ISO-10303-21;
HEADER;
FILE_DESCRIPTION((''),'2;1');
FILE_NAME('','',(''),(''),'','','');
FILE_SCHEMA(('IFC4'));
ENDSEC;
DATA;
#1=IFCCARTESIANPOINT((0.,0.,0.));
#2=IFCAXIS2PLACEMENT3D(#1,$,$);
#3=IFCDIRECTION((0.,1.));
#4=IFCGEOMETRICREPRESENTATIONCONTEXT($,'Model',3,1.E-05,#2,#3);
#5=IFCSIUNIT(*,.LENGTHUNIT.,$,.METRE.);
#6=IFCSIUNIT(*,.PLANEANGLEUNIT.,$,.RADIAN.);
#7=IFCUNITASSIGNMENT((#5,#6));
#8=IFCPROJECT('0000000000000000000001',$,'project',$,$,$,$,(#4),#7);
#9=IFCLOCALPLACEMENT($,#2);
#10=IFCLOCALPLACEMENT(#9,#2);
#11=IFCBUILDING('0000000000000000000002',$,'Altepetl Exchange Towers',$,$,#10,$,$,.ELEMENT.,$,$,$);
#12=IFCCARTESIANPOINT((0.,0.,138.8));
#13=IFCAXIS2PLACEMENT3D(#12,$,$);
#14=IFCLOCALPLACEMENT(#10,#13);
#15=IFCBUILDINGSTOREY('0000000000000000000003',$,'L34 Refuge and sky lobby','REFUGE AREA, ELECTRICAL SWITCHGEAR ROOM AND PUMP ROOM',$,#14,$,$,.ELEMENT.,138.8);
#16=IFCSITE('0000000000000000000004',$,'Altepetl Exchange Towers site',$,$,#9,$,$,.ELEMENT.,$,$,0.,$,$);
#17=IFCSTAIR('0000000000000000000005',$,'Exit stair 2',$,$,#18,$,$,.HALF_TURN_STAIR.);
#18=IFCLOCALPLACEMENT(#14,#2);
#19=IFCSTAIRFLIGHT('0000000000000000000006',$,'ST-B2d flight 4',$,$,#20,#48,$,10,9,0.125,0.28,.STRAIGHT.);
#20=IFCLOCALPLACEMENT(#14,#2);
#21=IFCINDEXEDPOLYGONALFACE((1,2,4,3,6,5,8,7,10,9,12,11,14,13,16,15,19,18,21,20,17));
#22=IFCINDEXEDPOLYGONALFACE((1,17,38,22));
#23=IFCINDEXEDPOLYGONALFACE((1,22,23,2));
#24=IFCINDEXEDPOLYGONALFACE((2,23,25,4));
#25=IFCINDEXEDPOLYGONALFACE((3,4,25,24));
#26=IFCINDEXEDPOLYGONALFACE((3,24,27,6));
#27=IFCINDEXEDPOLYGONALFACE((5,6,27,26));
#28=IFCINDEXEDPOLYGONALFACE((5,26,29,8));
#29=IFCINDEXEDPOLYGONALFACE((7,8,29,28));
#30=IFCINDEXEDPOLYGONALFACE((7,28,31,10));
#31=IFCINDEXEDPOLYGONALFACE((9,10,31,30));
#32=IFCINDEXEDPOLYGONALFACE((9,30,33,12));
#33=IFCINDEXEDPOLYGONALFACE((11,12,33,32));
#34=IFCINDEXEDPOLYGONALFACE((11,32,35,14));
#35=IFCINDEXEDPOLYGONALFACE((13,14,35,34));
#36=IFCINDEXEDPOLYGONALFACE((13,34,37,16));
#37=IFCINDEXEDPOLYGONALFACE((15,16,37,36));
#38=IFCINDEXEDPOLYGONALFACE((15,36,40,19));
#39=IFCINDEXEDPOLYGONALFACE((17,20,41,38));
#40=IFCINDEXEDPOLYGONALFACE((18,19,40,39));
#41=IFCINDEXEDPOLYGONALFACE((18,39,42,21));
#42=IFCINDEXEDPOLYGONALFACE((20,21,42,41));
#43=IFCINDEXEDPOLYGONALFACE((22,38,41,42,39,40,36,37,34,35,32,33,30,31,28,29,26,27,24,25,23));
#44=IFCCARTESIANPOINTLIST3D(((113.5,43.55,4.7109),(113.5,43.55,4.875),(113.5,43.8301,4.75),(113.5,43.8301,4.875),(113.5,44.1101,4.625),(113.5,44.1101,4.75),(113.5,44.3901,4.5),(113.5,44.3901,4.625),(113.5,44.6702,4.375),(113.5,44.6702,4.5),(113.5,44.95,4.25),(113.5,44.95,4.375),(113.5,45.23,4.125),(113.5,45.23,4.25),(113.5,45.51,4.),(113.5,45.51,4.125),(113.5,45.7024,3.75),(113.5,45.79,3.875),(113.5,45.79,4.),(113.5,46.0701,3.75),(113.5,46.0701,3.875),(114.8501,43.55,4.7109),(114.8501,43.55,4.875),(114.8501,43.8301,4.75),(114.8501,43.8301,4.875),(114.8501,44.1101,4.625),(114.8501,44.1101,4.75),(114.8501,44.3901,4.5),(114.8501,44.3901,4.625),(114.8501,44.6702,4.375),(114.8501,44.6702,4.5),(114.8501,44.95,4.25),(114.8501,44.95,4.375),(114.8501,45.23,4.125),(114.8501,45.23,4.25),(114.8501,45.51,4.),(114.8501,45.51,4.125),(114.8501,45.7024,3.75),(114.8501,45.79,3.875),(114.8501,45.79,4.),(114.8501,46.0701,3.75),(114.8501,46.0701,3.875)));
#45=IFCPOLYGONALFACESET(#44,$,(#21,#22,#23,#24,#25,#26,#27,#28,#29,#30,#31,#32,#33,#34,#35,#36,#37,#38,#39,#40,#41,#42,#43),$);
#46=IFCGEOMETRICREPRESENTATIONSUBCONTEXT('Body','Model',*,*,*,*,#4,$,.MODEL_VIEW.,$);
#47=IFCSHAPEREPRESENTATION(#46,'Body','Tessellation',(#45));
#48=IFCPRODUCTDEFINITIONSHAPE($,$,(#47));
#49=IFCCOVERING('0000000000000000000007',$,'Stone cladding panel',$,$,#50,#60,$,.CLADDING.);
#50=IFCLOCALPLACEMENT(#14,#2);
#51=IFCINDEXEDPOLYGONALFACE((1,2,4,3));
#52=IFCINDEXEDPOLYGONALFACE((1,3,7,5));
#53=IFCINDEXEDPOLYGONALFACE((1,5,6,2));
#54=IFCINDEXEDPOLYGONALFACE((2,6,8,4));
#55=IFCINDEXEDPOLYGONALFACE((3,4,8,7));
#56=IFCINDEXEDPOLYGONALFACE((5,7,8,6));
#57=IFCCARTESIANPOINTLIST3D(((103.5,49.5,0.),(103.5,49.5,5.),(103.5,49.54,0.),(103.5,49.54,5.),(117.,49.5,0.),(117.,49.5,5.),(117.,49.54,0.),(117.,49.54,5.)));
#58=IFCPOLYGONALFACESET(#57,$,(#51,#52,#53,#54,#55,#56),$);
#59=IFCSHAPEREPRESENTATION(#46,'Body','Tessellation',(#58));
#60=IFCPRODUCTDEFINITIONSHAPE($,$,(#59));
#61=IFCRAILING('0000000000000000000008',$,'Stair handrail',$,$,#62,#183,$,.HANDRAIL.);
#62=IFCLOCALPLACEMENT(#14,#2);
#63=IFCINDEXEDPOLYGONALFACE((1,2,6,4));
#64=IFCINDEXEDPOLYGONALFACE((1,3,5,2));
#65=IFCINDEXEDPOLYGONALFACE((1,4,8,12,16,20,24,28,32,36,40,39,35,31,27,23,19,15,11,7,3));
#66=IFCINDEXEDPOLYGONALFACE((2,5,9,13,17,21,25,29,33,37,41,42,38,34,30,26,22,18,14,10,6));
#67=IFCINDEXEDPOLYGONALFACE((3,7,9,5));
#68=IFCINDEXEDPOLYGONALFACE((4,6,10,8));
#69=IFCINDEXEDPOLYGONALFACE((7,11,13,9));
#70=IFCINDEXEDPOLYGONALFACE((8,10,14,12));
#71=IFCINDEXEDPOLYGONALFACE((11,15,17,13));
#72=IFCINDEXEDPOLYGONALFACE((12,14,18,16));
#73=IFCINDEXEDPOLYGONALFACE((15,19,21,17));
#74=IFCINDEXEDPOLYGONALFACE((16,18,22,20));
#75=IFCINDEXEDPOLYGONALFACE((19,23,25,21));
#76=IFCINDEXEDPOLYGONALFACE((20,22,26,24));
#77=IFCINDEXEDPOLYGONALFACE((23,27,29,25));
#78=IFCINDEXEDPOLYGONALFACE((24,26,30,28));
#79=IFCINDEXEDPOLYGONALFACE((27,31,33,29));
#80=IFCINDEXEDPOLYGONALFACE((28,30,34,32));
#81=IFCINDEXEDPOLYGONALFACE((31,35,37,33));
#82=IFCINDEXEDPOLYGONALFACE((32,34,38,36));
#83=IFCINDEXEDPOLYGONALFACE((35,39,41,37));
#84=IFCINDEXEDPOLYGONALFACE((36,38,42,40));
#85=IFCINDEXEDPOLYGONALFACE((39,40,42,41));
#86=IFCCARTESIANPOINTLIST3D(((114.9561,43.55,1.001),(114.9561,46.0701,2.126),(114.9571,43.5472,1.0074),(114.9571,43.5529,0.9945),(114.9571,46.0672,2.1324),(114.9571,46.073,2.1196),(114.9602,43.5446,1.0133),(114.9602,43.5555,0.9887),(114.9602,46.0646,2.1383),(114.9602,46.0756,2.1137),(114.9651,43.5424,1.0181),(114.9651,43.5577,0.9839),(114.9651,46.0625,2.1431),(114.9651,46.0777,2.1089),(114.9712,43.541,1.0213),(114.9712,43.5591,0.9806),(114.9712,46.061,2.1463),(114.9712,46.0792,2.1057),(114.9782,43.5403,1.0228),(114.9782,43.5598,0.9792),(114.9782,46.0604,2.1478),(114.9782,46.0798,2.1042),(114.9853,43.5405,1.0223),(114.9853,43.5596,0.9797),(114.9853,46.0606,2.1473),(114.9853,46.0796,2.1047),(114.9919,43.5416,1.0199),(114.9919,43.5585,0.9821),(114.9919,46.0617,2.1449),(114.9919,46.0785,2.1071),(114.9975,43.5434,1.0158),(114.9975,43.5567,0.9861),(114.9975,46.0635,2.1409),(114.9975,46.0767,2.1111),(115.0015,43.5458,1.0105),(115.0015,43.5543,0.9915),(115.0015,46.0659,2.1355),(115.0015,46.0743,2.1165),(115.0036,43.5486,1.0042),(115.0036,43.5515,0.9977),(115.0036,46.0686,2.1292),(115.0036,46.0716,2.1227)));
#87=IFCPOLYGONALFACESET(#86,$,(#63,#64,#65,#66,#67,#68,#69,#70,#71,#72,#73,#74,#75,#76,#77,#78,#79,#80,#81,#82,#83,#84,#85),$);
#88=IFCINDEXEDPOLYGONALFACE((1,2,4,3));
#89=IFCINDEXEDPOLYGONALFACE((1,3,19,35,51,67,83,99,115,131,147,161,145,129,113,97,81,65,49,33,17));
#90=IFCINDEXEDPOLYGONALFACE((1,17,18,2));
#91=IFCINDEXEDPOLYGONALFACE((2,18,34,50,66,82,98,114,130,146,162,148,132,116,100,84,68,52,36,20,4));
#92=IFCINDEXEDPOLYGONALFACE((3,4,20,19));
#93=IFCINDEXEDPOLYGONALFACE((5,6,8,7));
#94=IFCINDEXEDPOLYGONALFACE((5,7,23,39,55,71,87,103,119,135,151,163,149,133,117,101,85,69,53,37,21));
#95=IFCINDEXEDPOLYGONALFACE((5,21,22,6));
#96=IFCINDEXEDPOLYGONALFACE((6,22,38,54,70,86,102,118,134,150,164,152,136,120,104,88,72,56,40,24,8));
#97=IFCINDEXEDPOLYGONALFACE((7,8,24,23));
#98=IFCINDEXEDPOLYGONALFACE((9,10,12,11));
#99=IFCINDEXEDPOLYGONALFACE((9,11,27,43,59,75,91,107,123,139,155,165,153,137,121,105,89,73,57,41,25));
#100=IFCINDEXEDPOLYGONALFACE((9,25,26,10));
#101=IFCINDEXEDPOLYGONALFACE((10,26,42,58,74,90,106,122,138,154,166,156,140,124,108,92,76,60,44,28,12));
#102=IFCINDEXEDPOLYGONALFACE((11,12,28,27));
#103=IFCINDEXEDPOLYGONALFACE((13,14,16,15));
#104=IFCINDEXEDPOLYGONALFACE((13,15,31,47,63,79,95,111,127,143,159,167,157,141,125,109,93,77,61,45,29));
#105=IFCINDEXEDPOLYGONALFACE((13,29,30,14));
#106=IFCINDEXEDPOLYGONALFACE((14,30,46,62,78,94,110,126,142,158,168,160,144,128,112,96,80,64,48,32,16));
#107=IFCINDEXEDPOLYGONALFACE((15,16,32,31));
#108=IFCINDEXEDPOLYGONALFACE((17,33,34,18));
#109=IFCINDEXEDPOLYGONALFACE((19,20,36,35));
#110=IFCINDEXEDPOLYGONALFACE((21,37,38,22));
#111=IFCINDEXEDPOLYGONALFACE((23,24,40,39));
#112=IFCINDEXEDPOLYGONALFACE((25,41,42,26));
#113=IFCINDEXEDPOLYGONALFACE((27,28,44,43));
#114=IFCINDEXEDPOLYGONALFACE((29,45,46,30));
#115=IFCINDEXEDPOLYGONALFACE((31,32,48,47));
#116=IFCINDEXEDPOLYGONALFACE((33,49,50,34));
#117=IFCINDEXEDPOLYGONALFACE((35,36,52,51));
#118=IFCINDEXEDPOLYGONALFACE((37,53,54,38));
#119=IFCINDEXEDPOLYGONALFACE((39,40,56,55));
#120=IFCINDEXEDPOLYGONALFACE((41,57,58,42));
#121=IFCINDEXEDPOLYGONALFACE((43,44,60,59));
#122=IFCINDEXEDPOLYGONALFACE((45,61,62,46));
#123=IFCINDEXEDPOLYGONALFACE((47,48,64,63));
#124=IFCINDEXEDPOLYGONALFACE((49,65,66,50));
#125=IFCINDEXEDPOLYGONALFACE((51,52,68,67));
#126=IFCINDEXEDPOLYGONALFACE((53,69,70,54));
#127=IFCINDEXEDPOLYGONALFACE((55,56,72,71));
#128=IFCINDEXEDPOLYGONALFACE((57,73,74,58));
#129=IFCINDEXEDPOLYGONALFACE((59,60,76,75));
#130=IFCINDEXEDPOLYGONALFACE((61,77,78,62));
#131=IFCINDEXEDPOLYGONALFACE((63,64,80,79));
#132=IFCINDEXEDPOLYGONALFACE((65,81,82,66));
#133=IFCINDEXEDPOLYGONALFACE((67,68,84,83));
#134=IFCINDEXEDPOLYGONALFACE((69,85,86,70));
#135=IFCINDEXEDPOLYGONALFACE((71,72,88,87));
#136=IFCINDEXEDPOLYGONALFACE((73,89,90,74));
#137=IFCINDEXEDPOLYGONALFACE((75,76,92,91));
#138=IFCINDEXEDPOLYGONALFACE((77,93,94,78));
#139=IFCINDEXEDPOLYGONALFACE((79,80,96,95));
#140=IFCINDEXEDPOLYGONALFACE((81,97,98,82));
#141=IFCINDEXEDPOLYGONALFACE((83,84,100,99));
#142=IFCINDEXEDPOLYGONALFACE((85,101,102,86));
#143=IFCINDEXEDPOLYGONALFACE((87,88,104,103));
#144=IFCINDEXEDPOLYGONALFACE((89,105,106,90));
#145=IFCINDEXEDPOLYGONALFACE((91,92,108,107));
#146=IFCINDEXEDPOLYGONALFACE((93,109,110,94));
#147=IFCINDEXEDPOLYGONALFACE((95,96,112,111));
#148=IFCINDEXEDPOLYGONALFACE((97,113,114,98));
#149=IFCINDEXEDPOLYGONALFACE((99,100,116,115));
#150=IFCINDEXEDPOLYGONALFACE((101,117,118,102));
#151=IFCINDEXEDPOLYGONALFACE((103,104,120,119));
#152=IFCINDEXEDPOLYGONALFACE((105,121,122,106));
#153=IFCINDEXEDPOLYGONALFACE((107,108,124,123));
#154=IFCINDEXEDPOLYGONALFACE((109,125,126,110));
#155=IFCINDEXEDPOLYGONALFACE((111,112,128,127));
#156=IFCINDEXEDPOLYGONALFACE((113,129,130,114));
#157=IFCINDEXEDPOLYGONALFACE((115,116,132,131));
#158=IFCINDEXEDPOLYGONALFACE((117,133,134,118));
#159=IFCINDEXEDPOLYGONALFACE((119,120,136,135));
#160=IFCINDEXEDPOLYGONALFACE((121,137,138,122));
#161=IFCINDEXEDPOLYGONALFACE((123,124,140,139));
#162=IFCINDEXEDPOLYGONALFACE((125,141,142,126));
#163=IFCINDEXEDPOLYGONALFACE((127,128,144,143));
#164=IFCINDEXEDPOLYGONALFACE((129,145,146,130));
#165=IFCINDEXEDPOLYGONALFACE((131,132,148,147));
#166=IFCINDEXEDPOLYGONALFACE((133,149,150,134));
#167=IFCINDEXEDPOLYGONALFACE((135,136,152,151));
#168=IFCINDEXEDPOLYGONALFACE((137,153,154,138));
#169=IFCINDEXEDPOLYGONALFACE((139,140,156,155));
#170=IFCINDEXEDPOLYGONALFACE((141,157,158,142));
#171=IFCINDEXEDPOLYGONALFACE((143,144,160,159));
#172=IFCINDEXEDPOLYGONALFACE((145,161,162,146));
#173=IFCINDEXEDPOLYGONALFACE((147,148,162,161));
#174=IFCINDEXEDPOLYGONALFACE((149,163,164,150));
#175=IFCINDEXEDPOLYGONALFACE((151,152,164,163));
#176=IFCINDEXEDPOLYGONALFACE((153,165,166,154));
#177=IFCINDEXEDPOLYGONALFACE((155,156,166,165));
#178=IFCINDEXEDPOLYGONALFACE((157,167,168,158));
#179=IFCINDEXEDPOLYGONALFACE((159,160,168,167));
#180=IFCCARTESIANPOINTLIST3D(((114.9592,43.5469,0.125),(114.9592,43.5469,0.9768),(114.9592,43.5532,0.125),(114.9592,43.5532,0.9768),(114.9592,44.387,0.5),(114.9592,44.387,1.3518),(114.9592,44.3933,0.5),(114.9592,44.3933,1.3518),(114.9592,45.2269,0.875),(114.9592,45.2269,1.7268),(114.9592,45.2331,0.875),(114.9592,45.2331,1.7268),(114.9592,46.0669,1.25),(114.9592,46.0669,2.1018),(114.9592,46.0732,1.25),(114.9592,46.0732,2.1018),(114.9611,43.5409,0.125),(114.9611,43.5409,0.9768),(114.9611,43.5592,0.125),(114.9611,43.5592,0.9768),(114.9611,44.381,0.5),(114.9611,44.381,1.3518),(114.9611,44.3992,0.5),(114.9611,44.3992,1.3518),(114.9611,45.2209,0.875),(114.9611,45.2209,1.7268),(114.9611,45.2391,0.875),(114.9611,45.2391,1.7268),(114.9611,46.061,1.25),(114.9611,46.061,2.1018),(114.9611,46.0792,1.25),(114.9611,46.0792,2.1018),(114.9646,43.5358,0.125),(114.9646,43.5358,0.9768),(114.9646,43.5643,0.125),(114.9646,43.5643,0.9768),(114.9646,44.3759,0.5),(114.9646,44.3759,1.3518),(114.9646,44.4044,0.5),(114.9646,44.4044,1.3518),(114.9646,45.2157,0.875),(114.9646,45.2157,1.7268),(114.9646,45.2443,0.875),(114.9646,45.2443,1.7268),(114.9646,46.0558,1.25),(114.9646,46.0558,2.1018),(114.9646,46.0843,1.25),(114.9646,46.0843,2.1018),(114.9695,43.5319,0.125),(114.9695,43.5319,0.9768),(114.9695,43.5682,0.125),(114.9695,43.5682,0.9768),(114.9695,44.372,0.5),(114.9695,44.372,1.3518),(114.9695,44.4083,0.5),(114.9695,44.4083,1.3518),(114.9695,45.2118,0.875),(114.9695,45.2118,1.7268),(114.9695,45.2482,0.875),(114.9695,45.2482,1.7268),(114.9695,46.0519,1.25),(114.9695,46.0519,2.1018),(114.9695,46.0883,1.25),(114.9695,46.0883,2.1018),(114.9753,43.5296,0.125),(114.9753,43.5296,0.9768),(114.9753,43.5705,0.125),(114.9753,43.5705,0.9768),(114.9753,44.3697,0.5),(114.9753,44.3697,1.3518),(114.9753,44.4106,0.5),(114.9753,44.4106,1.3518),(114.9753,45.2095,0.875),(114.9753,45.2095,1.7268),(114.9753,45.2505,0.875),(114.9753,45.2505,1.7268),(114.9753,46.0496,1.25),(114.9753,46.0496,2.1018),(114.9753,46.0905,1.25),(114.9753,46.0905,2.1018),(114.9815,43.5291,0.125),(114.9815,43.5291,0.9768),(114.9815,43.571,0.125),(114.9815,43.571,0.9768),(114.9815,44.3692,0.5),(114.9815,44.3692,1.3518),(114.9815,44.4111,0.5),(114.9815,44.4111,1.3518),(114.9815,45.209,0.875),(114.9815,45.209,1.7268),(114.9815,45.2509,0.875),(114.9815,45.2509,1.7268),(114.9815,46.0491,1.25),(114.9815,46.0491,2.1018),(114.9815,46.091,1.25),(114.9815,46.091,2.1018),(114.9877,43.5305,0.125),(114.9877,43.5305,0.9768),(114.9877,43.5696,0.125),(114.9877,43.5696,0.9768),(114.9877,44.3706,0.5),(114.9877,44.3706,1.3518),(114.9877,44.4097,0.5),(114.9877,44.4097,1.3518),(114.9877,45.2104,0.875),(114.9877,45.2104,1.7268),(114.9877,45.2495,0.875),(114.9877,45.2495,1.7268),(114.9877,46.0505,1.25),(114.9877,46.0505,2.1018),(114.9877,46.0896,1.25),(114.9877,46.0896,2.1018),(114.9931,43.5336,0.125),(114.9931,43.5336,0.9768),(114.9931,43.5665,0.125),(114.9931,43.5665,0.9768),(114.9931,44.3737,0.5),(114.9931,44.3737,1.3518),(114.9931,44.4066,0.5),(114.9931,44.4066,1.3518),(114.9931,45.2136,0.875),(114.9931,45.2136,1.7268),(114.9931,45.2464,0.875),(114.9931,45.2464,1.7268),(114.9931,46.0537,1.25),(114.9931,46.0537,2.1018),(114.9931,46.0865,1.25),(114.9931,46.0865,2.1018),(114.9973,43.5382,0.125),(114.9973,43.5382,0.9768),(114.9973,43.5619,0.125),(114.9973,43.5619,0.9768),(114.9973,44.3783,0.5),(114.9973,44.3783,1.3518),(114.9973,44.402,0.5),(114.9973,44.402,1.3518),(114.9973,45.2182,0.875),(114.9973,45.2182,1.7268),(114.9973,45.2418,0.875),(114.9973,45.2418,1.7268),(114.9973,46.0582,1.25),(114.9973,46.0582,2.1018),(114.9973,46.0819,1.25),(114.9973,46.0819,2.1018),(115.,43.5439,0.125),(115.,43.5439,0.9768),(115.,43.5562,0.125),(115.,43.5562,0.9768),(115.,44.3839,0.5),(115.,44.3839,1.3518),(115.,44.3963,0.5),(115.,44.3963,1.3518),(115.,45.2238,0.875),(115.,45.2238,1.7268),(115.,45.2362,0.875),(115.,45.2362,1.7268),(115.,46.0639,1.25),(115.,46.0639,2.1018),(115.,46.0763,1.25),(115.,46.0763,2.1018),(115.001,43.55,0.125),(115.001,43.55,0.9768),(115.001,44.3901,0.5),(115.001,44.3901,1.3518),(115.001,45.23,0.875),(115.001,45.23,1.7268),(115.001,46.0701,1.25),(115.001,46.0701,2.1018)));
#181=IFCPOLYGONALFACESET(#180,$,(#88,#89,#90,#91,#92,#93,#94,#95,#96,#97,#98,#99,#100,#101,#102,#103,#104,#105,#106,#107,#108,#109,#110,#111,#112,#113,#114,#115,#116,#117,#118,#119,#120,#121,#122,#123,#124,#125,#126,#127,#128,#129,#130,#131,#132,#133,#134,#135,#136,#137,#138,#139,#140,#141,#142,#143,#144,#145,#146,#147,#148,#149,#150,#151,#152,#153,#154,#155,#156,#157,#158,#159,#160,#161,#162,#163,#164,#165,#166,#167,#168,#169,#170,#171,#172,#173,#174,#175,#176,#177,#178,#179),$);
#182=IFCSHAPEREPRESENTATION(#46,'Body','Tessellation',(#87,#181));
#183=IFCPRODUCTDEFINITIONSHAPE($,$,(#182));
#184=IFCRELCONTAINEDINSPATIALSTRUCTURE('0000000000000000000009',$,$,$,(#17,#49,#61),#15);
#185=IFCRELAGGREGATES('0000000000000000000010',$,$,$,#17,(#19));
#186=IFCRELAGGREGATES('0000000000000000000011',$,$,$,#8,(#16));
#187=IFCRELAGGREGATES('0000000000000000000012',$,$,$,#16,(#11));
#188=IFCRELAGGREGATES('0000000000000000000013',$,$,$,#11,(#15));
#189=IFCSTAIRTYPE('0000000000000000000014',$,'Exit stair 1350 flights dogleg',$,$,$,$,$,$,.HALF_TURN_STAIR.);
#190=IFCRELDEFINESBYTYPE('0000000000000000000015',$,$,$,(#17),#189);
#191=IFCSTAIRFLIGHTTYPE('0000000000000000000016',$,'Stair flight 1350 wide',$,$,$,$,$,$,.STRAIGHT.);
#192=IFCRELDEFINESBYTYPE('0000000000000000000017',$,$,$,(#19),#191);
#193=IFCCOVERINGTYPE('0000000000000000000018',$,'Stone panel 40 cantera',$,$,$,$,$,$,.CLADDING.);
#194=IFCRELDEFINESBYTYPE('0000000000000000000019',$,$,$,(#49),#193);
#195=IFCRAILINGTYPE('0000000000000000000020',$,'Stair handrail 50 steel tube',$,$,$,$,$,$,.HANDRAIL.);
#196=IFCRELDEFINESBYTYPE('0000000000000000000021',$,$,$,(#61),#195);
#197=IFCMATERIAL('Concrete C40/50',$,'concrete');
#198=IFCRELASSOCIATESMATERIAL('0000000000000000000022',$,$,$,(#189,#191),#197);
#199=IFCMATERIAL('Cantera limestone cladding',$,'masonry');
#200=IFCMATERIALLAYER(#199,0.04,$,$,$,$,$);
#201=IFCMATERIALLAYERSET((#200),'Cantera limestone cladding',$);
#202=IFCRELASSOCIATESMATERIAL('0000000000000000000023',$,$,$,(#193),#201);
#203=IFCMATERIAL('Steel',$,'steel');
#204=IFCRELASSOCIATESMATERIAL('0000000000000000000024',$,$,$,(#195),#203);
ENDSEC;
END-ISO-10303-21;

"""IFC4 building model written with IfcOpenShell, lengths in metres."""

from ifc_helpers import new_model, si_unit, direction, frame, origin, origin_2d, place, context, subcontext, project, spatial, polyline, rectangle, circle, outline, extrude, source, transform, mapped, material, layer, layer_set, type_object, element, aggregate, save


model = new_model("IFC4")

# Units and contexts
model_context = context("Model", 3, precision=1e-05, world=origin(), true_north=direction((0.0, 1.0)))
body_context = subcontext(model_context, "Body", "Model", "MODEL_VIEW")
ifc_project = project(units=[si_unit("LENGTHUNIT", "METRE"), si_unit("PLANEANGLEUNIT", "RADIAN")], contexts=[model_context])

# Site, building, storey
site_placement = place(None, origin())
site = spatial("IfcSite", under=ifc_project, at=site_placement, Name="Altepetl Exchange Towers site", CompositionType="ELEMENT", RefElevation=0.0)
building_placement = place(site_placement, origin())
building = spatial("IfcBuilding", under=site, at=building_placement, Name="Altepetl Exchange Towers", CompositionType="ELEMENT")
storey_placement = place(building_placement, frame((0.0, 0.0, 138.8)))
storey = spatial("IfcBuildingStorey", under=building, at=storey_placement, Name="L34 Refuge and sky lobby", Description="REFUGE AREA, ELECTRICAL SWITCHGEAR ROOM AND PUMP ROOM", CompositionType="ELEMENT", Elevation=138.8)

# Shared definitions
ifc_material_1 = material(Name="Concrete C40/50", Category="concrete")

# Stair, stair flight
stair_type = type_object("IfcStairType", Name="Exit stair 1350 flights dogleg", PredefinedType="HALF_TURN_STAIR", material=ifc_material_1)
stair_placement = place(storey_placement, origin())
stair = element("IfcStair", 1, at=stair_placement, inside=storey, type_object=stair_type, Name="Exit stair 2", PredefinedType="HALF_TURN_STAIR")
stair_flight_type = type_object("IfcStairFlightType", Name="Stair flight 1350 wide", PredefinedType="STRAIGHT", material=ifc_material_1)
stair_flight_1_placement = place(storey_placement, frame((114.175, 46.0701, 3.75), z_axis=(0.0, 0.0, 1.0), x_axis=(0.0, -1.0, 0.0)))
stair_flight_1 = element("IfcStairFlight", 2, at=stair_flight_1_placement, type_object=stair_flight_type, Name="ST-B2d flight 4", NumberOfRisers=10, NumberOfTreads=9, PredefinedType="STRAIGHT", RiserHeight=0.125, TreadLength=0.28, context=body_context, shape_type="SweptSolid", body=[
    extrude(outline(polyline([(0.0, 0.0), (0.0, 0.125), (0.28, 0.125), (0.28, 0.25), (0.5601, 0.25), (0.5601, 0.375), (0.8401, 0.375), (0.8401, 0.5), (1.1201, 0.5), (1.1201, 0.625), (1.3999, 0.625), (1.3999, 0.75), (1.6799, 0.75), (1.6799, 0.875), (1.96, 0.875), (1.96, 1.0), (2.24, 1.0), (2.24, 1.125), (2.52, 1.125), (2.52, 1.25), (2.52, 0.9609), (0.3677, 0.0), (0.0, 0.0)])), frame((0.0, 0.675, 0.0), z_axis=(0.0, -1.0, 0.0), x_axis=(1.0, 0.0, 0.0)), (0.0, 0.0, 1.0), 1.3501),
])
aggregate(stair, [stair_flight_1])

# Covering
ifc_material_2 = material(Name="Cantera limestone cladding", Category="masonry")
ifc_layer_1 = layer(ifc_material_2, 0.04)
ifc_layer_set_1 = layer_set([ifc_layer_1], Name="Cantera limestone cladding")
covering_type = type_object("IfcCoveringType", Name="Stone panel 40 cantera", PredefinedType="CLADDING", material=ifc_layer_set_1)
covering_placement = place(storey_placement, frame((110.25, 49.52, 0.0), z_axis=(0.0, 0.0, 1.0), x_axis=(-1.0, 0.0, 0.0)))
element("IfcCovering", 3, at=covering_placement, inside=storey, type_object=covering_type, Name="Stone cladding panel", PredefinedType="CLADDING", context=body_context, shape_type="SweptSolid", body=[
    extrude(rectangle(XDim=13.5, YDim=0.04, at=origin_2d()), origin(), (0.0, 0.0, 1.0), 5.0),
])

# Railing
ifc_material_3 = material(Name="Steel", Category="steel")
railing_type = type_object("IfcRailingType", Name="Stair handrail 50 steel tube", PredefinedType="HANDRAIL", material=ifc_material_3)
shared_shape = source(origin(), body_context, "Body", "SweptSolid", [
    extrude(circle(Radius=0.021, at=origin_2d()), origin(), (0.0, 0.0, 1.0), 0.8518),
])
railing_1_placement = place(storey_placement, frame((114.98, 43.55, 0.125)))
element("IfcRailing", 4, at=railing_1_placement, inside=storey, type_object=railing_type, Name="Stair handrail", PredefinedType="HANDRAIL", context=body_context, shape_type="SweptSolid", body=[
    extrude(circle(Radius=0.0239, at=origin_2d()), frame((0.0, 0.0, 0.876), z_axis=(0.0, 0.913139, 0.407648), x_axis=(-1.0, 0.0, 0.0)), (0.0, 0.0, 1.0), 2.7598),
    mapped(shared_shape, transform((0.0, 0.0, 0.0))),
    mapped(shared_shape, transform((0.0, 0.8401, 0.375))),
    mapped(shared_shape, transform((0.0, 1.6799, 0.75))),
    mapped(shared_shape, transform((0.0, 2.52, 1.125))),
])

save(model, "model.ifc")
